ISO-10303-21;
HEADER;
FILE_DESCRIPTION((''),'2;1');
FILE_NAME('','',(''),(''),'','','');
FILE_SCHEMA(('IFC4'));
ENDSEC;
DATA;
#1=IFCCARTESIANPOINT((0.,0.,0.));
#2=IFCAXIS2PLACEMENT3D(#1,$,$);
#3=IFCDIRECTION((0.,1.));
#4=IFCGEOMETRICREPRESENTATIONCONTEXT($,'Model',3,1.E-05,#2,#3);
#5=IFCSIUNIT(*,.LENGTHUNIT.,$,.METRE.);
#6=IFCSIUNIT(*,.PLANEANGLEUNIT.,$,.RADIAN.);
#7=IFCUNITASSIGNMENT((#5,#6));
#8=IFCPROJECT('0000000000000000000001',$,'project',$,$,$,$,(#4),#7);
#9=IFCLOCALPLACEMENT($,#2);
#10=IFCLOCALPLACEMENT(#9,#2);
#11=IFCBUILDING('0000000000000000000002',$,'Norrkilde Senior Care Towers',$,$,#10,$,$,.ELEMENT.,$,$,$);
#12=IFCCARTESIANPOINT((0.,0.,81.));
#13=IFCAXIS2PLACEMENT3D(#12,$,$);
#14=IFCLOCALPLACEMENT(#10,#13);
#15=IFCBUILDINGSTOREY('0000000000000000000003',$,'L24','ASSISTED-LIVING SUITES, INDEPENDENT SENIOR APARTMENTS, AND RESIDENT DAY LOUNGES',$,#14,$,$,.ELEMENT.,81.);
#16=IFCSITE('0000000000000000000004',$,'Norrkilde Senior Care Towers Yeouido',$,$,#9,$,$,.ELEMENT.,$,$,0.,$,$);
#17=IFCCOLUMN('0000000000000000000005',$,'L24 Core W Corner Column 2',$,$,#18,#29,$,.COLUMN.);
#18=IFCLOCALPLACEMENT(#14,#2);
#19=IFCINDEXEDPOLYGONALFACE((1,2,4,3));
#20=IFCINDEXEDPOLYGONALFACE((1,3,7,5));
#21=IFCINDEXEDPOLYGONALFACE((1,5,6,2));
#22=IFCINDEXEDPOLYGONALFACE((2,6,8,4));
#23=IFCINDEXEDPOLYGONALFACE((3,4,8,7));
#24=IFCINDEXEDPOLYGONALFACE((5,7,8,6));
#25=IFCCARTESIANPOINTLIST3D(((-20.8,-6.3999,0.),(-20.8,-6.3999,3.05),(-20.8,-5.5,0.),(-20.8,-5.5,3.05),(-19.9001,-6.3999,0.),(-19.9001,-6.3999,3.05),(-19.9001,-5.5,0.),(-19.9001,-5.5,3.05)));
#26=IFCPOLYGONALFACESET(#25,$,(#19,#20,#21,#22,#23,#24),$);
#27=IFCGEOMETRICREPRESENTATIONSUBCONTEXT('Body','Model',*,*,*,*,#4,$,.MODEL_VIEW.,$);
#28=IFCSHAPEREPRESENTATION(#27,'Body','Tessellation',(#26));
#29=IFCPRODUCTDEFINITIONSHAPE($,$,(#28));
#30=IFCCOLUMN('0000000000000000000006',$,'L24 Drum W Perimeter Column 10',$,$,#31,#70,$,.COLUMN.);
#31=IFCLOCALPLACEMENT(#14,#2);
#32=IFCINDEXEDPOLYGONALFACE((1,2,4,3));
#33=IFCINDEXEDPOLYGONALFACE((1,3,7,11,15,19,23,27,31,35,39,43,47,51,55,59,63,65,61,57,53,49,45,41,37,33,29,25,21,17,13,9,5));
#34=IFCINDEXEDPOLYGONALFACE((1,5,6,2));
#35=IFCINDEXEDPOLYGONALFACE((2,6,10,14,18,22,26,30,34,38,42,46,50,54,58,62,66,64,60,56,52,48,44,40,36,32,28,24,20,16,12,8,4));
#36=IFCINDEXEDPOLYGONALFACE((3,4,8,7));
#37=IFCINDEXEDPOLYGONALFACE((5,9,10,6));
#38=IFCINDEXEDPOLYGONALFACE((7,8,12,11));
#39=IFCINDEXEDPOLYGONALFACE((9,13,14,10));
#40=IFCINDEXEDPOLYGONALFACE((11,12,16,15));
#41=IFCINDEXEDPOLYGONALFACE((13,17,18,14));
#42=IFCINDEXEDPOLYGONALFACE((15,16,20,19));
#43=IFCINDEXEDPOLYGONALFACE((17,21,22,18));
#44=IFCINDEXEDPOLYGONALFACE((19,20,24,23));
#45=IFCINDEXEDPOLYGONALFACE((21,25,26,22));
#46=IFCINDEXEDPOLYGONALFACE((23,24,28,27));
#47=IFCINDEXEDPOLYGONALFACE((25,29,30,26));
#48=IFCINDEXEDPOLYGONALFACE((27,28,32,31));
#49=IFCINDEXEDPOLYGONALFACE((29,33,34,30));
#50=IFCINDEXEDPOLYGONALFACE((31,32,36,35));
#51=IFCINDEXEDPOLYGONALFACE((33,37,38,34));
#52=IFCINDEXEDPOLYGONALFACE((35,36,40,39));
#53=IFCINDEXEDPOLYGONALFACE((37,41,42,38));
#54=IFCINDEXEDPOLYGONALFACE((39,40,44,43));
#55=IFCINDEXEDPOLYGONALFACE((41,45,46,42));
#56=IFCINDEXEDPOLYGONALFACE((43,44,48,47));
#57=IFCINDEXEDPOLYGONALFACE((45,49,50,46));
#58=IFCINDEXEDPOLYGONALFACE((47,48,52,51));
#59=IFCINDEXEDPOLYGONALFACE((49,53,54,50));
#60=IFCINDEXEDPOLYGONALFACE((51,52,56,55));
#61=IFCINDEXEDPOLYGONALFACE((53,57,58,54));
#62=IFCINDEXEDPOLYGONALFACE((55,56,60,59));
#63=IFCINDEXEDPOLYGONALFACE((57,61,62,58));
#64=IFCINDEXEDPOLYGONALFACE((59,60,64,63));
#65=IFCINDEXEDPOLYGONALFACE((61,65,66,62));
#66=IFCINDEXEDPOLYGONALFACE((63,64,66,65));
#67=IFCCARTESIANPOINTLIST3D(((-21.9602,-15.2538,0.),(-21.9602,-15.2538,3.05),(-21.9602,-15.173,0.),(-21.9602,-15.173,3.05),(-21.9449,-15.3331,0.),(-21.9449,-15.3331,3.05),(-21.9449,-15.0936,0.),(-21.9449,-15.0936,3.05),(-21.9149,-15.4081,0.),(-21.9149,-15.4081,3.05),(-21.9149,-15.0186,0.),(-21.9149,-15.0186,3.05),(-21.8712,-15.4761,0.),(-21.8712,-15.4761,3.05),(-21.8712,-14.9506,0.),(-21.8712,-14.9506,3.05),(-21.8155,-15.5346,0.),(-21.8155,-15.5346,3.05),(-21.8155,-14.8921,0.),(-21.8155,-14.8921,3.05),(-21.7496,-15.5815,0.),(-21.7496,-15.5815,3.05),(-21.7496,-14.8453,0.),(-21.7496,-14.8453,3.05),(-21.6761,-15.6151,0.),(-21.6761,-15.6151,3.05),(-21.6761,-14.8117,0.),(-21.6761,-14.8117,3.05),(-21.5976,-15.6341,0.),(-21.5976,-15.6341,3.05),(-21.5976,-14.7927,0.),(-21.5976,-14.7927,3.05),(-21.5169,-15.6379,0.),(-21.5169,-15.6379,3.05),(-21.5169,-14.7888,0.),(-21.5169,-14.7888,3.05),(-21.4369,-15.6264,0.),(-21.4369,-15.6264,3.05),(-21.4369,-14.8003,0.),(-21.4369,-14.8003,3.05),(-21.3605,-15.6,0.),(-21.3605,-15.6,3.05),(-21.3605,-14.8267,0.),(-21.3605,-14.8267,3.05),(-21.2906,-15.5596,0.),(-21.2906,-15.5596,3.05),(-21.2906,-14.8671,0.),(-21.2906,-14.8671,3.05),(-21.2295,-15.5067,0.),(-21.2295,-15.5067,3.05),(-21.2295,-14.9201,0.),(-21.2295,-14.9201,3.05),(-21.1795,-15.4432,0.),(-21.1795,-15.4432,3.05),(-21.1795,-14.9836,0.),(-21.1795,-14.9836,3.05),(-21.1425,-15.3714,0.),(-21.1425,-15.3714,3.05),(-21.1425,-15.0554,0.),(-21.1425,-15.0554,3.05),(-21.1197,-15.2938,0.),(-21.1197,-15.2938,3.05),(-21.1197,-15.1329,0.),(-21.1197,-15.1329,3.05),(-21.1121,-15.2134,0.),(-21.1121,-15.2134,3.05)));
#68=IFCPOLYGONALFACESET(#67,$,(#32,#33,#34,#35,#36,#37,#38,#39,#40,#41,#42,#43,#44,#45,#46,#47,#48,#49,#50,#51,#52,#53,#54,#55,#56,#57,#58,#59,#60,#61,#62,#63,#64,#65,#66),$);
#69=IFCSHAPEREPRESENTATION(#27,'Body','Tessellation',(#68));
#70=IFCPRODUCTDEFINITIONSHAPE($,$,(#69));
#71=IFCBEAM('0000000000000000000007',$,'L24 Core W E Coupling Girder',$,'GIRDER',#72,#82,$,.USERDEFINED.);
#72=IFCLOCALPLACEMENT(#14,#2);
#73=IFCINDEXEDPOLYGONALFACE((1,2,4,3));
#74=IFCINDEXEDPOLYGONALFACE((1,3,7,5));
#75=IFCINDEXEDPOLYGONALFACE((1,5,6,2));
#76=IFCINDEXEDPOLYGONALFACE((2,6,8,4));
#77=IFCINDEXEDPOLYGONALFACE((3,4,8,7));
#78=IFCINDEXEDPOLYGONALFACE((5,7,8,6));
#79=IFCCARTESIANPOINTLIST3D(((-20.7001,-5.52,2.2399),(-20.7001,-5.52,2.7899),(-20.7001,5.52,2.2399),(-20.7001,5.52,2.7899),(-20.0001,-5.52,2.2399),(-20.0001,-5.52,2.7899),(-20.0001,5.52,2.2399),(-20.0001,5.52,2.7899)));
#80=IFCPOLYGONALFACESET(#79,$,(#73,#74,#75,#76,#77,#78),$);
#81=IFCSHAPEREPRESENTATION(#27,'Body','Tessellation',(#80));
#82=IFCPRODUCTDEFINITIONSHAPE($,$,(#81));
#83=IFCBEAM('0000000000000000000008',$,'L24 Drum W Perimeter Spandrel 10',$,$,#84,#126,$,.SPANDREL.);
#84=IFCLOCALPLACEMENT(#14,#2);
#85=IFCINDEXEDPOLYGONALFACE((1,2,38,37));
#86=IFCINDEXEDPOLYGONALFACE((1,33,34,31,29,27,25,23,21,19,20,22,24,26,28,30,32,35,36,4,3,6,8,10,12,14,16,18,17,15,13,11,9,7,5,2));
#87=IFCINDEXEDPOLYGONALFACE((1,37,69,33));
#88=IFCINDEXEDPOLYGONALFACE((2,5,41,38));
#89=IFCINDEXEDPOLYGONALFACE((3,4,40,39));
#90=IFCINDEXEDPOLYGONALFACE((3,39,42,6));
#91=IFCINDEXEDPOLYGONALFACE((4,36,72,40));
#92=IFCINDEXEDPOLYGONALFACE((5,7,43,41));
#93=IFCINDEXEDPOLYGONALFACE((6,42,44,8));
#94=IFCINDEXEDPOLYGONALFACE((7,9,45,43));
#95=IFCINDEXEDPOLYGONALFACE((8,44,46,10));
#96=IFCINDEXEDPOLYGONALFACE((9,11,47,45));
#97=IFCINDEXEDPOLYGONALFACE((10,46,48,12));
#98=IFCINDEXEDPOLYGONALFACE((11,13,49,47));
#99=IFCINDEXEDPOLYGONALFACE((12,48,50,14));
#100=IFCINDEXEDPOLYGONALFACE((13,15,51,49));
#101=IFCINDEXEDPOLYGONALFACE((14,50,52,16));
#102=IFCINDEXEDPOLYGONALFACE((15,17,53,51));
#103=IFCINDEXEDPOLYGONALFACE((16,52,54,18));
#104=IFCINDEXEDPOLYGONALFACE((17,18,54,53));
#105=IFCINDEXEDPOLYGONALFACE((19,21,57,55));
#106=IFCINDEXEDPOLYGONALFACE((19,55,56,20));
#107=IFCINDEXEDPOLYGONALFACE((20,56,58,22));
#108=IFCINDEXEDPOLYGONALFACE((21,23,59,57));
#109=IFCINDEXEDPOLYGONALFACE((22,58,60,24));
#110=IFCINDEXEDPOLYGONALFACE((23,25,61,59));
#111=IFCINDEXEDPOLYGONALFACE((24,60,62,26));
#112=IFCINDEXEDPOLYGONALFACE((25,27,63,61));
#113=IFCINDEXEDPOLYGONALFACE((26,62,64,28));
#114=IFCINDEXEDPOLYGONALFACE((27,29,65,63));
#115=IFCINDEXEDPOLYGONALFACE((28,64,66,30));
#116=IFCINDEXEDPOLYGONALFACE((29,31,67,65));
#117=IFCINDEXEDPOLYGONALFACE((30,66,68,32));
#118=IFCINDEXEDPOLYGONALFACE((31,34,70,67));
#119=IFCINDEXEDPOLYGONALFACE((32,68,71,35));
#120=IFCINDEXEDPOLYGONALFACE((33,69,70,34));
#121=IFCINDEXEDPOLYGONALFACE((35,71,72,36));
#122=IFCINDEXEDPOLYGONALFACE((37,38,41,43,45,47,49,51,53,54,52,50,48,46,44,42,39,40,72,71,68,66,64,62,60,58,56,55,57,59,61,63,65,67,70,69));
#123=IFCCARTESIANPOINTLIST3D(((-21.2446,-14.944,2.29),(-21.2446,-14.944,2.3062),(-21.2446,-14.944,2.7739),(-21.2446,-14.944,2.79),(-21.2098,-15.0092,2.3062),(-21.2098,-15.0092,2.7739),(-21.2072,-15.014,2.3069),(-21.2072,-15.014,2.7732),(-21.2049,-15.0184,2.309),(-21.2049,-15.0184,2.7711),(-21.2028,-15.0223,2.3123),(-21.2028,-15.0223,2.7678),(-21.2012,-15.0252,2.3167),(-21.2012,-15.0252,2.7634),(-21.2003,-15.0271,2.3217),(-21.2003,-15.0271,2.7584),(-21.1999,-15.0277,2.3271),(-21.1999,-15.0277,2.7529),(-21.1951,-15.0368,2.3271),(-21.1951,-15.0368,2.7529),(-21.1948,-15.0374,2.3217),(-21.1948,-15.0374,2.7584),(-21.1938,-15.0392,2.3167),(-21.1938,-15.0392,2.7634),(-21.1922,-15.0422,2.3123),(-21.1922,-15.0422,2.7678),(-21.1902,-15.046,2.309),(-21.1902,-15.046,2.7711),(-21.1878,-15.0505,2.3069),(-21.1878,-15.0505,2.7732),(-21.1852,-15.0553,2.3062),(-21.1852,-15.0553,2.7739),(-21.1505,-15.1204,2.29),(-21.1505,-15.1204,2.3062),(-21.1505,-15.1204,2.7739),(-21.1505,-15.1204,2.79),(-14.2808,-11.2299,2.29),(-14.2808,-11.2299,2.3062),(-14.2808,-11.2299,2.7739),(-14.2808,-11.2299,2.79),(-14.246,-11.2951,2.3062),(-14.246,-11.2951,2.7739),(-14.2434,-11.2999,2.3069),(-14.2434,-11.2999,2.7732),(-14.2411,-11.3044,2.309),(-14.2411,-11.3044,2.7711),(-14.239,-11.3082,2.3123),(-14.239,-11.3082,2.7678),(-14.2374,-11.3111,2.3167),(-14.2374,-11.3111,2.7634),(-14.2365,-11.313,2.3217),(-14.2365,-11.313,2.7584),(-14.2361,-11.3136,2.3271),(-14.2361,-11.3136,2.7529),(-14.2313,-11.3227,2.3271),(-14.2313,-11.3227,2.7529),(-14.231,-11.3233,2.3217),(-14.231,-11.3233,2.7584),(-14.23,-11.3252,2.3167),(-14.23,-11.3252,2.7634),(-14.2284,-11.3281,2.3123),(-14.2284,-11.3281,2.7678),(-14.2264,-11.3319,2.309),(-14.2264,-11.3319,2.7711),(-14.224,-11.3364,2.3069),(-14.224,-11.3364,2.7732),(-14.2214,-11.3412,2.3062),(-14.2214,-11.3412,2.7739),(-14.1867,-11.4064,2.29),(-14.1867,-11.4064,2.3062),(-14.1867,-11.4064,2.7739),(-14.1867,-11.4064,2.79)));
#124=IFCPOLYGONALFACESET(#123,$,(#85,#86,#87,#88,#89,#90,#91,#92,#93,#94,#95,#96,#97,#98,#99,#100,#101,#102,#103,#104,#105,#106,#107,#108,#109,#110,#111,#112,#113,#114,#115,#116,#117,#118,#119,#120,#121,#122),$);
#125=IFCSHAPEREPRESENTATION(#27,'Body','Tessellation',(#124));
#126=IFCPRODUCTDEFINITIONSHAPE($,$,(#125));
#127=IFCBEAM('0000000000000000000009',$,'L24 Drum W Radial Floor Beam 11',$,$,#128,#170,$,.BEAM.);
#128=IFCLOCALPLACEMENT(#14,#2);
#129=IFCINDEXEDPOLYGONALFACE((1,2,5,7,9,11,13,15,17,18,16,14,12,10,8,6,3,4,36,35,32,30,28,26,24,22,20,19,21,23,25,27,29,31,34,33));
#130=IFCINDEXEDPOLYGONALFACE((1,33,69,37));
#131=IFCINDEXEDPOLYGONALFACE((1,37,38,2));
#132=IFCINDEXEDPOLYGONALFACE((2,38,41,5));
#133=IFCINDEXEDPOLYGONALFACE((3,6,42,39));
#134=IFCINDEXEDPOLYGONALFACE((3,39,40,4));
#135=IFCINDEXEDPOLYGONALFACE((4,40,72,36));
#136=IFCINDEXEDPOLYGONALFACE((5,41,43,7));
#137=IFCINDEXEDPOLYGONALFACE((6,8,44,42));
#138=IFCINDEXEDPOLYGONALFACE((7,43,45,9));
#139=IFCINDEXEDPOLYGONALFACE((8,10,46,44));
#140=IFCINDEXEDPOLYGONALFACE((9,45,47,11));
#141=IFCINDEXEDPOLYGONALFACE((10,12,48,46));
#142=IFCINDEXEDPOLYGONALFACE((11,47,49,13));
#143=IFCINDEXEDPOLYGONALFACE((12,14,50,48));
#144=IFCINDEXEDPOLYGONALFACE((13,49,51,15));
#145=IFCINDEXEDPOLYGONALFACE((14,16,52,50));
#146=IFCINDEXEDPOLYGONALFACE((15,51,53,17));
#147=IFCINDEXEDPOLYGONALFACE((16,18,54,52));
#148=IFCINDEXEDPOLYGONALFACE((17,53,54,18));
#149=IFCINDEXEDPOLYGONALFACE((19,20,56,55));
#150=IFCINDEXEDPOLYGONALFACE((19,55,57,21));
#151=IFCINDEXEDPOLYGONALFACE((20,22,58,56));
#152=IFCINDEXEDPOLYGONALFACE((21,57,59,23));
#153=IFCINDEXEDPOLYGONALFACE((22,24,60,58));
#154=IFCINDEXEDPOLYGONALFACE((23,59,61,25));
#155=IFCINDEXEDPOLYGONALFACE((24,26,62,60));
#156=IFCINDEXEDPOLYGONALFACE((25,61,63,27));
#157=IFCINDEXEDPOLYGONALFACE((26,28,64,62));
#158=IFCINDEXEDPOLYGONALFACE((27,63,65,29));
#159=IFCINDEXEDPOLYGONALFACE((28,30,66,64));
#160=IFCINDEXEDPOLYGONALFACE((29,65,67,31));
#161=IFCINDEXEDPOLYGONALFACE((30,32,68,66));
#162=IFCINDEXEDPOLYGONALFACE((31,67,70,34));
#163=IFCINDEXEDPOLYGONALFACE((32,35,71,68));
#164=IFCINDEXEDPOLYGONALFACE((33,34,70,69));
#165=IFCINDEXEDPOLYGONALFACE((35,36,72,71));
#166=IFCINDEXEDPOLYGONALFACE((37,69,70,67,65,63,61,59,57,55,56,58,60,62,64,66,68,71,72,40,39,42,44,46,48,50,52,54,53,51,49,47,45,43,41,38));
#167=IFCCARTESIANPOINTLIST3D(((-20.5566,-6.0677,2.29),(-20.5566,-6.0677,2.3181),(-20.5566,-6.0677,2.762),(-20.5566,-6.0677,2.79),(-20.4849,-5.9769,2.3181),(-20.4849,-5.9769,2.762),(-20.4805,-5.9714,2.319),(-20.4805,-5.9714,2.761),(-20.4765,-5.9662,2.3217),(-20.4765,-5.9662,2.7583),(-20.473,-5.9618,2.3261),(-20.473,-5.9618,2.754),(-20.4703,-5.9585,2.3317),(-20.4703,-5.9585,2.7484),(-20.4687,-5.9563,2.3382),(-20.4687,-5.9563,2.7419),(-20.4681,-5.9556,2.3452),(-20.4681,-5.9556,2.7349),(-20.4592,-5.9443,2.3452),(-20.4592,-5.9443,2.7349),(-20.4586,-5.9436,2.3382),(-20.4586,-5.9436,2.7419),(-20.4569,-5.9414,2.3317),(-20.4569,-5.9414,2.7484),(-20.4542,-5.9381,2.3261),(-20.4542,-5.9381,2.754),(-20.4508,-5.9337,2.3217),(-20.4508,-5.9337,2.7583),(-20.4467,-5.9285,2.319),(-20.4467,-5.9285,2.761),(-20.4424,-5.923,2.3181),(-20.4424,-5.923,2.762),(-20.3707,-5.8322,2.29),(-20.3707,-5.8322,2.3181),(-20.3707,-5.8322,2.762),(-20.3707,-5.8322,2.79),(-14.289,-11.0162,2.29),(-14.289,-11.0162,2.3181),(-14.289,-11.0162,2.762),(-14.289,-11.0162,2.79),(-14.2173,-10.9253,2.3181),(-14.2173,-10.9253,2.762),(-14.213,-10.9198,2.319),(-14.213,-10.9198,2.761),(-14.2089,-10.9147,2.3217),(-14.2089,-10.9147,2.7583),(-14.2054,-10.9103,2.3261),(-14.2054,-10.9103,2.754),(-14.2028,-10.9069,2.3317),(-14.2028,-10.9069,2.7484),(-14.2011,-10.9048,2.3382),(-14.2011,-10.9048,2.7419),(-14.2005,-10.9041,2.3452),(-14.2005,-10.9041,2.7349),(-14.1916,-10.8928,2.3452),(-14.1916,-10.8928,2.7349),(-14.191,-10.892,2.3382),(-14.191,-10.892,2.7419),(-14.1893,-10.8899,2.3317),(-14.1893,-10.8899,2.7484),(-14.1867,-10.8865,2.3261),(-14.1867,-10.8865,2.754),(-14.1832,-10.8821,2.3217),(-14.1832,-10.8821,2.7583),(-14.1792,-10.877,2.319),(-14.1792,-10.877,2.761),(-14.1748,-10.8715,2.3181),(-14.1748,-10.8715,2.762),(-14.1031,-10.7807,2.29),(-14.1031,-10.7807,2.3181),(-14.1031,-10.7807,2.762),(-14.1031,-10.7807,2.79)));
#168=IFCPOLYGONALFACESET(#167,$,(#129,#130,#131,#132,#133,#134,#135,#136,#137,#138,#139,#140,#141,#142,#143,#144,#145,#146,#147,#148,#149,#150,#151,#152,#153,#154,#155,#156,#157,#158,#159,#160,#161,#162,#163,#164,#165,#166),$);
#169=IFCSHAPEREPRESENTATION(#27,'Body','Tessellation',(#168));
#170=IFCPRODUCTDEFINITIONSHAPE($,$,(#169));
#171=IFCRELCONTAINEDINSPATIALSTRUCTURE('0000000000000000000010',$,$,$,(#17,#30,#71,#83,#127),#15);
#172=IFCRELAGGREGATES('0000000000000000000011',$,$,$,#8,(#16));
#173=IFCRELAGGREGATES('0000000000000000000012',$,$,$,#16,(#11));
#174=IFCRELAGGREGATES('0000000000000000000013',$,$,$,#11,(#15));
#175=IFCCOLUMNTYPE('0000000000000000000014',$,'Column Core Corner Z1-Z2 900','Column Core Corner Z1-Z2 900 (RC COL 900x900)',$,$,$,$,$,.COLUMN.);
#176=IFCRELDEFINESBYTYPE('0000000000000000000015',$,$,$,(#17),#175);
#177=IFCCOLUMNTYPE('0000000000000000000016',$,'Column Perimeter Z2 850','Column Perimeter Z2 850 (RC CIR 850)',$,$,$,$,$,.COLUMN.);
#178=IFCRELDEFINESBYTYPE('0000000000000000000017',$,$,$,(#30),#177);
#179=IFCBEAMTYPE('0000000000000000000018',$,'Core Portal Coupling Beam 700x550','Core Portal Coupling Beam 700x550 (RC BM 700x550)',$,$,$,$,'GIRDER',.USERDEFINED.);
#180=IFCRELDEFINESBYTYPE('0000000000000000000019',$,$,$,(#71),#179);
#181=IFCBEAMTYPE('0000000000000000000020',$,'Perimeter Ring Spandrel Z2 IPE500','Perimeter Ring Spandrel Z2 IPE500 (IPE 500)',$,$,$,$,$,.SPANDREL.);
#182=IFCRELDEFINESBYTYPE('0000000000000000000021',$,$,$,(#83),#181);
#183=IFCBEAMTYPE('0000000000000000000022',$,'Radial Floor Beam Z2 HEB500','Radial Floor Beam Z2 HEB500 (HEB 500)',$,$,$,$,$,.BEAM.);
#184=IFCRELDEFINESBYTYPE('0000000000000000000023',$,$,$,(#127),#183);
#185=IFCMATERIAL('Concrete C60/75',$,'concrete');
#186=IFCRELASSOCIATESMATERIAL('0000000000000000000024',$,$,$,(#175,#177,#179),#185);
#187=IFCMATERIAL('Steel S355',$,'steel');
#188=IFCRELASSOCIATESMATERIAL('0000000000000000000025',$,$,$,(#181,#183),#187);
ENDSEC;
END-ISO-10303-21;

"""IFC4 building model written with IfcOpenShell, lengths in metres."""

from ifc_helpers import new_model, si_unit, direction, frame, origin, origin_2d, place, context, subcontext, project, spatial, rectangle, circle, i_section, extrude, source, transform, mapped, material, material_profile, profile_set, type_object, type_shapes, element, save


model = new_model("IFC4")

# Units and contexts
model_context = context("Model", 3, precision=1e-05, world=origin(), true_north=direction((0.0, 1.0)))
body_context = subcontext(model_context, "Body", "Model", "MODEL_VIEW")
ifc_project = project(units=[si_unit("LENGTHUNIT", "METRE"), si_unit("PLANEANGLEUNIT", "RADIAN")], contexts=[model_context])

# Site, building, storey
site_placement = place(None, origin())
site = spatial("IfcSite", under=ifc_project, at=site_placement, Name="Norrkilde Senior Care Towers Yeouido", CompositionType="ELEMENT", RefElevation=0.0)
building_placement = place(site_placement, origin())
building = spatial("IfcBuilding", under=site, at=building_placement, Name="Norrkilde Senior Care Towers", CompositionType="ELEMENT")
storey_placement = place(building_placement, frame((0.0, 0.0, 81.0)))
storey = spatial("IfcBuildingStorey", under=building, at=storey_placement, Name="L24", Description="ASSISTED-LIVING SUITES, INDEPENDENT SENIOR APARTMENTS, AND RESIDENT DAY LOUNGES", CompositionType="ELEMENT", Elevation=81.0)

# Columns
ifc_material_1 = material(Name="Concrete C60/75", Category="concrete")
ifc_material_profile_1 = material_profile(ifc_material_1, rectangle(XDim=0.8999, YDim=0.8999, at=origin_2d()), Name="RC COL 900x900")
ifc_profile_set_1 = profile_set([ifc_material_profile_1], Name="Concrete C60/75")
column_type_1 = type_object("IfcColumnType", Name="Column Core Corner Z1-Z2 900", Description="Column Core Corner Z1-Z2 900 (RC COL 900x900)", PredefinedType="COLUMN", material=ifc_profile_set_1)
shared_shape_1 = source(origin(), body_context, "Body", "SweptSolid", [
    extrude(rectangle(XDim=0.8999, YDim=0.8999, at=origin_2d()), origin(), (0.0, 0.0, 1.0), 3.05),
])
type_shapes(column_type_1, [shared_shape_1])
column_1_placement = place(storey_placement, frame((-20.3501, -5.95, 0.0), z_axis=(0.0, 0.0, 1.0), x_axis=(1.0, 0.0, 0.0)))
element("IfcColumn", 1, at=column_1_placement, inside=storey, type_object=column_type_1, Name="L24 Core W Corner Column 2", PredefinedType="COLUMN", context=body_context, shape_type="MappedRepresentation", body=[
    mapped(shared_shape_1, transform((0.0, 0.0, 0.0), x_axis=(1.0, 0.0, 0.0), y_axis=(0.0, 1.0, 0.0), z_axis=(0.0, 0.0, 1.0), scale=1.0)),
])
ifc_material_profile_2 = material_profile(ifc_material_1, circle(Radius=0.425, at=origin_2d()), Name="RC CIR 850")
ifc_profile_set_2 = profile_set([ifc_material_profile_2], Name="Concrete C60/75")
column_type_2 = type_object("IfcColumnType", Name="Column Perimeter Z2 850", Description="Column Perimeter Z2 850 (RC CIR 850)", PredefinedType="COLUMN", material=ifc_profile_set_2)
shared_shape_2 = source(origin(), body_context, "Body", "SweptSolid", [
    extrude(circle(Radius=0.425, at=origin_2d()), origin(), (0.0, 0.0, 1.0), 3.05),
])
type_shapes(column_type_2, [shared_shape_2])
column_2_placement = place(storey_placement, frame((-21.5371, -15.2134, 0.0), z_axis=(0.0, 0.0, 1.0), x_axis=(1.0, 0.0, 0.0)))
element("IfcColumn", 2, at=column_2_placement, inside=storey, type_object=column_type_2, Name="L24 Drum W Perimeter Column 10", PredefinedType="COLUMN", context=body_context, shape_type="MappedRepresentation", body=[
    mapped(shared_shape_2, transform((0.0, 0.0, 0.0), x_axis=(1.0, 0.0, 0.0), y_axis=(0.0, 1.0, 0.0), z_axis=(0.0, 0.0, 1.0), scale=1.0)),
])

# Beams
ifc_material_profile_3 = material_profile(ifc_material_1, rectangle(XDim=0.7, YDim=0.55, at=origin_2d()), Name="RC BM 700x550")
ifc_profile_set_3 = profile_set([ifc_material_profile_3], Name="Concrete C60/75")
beam_type_1 = type_object("IfcBeamType", Name="Core Portal Coupling Beam 700x550", Description="Core Portal Coupling Beam 700x550 (RC BM 700x550)", ElementType="GIRDER", PredefinedType="USERDEFINED", material=ifc_profile_set_3)
shared_shape_3 = source(origin(), body_context, "Body", "SweptSolid", [
    extrude(rectangle(XDim=0.7, YDim=0.55, at=origin_2d()), origin(), (0.0, 0.0, 1.0), 11.04),
])
type_shapes(beam_type_1, [shared_shape_3])
beam_1_placement = place(storey_placement, frame((-20.3501, -5.52, 2.5149), z_axis=(0.0, 1.0, 0.0), x_axis=(-1.0, 0.0, 0.0)))
element("IfcBeam", 3, at=beam_1_placement, inside=storey, type_object=beam_type_1, Name="L24 Core W E Coupling Girder", ObjectType="GIRDER", PredefinedType="USERDEFINED", context=body_context, shape_type="MappedRepresentation", body=[
    mapped(shared_shape_3, transform((0.0, 0.0, 0.0), x_axis=(1.0, 0.0, 0.0), y_axis=(0.0, 1.0, 0.0), z_axis=(0.0, 0.0, 1.0), scale=1.0)),
])
ifc_material_2 = material(Name="Steel S355", Category="steel")
ifc_material_profile_4 = material_profile(ifc_material_2, i_section(OverallWidth=0.2, OverallDepth=0.5, WebThickness=0.0103, FlangeThickness=0.0161, FilletRadius=0.021, at=origin_2d()), Name="IPE 500")
ifc_profile_set_4 = profile_set([ifc_material_profile_4], Name="Steel S355")
beam_type_2 = type_object("IfcBeamType", Name="Perimeter Ring Spandrel Z2 IPE500", Description="Perimeter Ring Spandrel Z2 IPE500 (IPE 500)", PredefinedType="SPANDREL", material=ifc_profile_set_4)
shared_shape_4 = source(origin(), body_context, "Body", "SweptSolid", [
    extrude(i_section(OverallWidth=0.2, OverallDepth=0.5, WebThickness=0.0103, FlangeThickness=0.0161, FilletRadius=0.021, at=origin_2d()), origin(), (0.0, 0.0, 1.0), 7.8923),
])
type_shapes(beam_type_2, [shared_shape_4])
beam_2_placement = place(storey_placement, frame((-21.1975, -15.0322, 2.54), z_axis=(0.88235, 0.470593, 0.0), x_axis=(-0.470593, 0.88235, 0.0)))
element("IfcBeam", 4, at=beam_2_placement, inside=storey, type_object=beam_type_2, Name="L24 Drum W Perimeter Spandrel 10", PredefinedType="SPANDREL", context=body_context, shape_type="MappedRepresentation", body=[
    mapped(shared_shape_4, transform((0.0, 0.0, 0.0), x_axis=(1.0, 0.0, 0.0), y_axis=(0.0, 1.0, 0.0), z_axis=(0.0, 0.0, 1.0), scale=1.0)),
])
ifc_material_profile_5 = material_profile(ifc_material_2, i_section(OverallWidth=0.3, OverallDepth=0.5, WebThickness=0.0144, FlangeThickness=0.0281, FilletRadius=0.0271, at=origin_2d()), Name="HEB 500")
ifc_profile_set_5 = profile_set([ifc_material_profile_5], Name="Steel S355")
beam_type_3 = type_object("IfcBeamType", Name="Radial Floor Beam Z2 HEB500", Description="Radial Floor Beam Z2 HEB500 (HEB 500)", PredefinedType="BEAM", material=ifc_profile_set_5)
shared_shape_5 = source(origin(), body_context, "Body", "SweptSolid", [
    extrude(i_section(OverallWidth=0.3, OverallDepth=0.5, WebThickness=0.0144, FlangeThickness=0.0281, FilletRadius=0.0271, at=origin_2d()), origin(), (0.0, 0.0, 1.0), 7.9856),
])
beam_3_placement = place(storey_placement, frame((-20.4636, -5.95, 2.54), z_axis=(0.784859, -0.619675, 0.0), x_axis=(0.619675, 0.784859, 0.0)))
element("IfcBeam", 5, at=beam_3_placement, inside=storey, type_object=beam_type_3, Name="L24 Drum W Radial Floor Beam 11", PredefinedType="BEAM", context=body_context, shape_type="MappedRepresentation", body=[
    mapped(shared_shape_5, transform((0.0, 0.0, 0.0), x_axis=(1.0, 0.0, 0.0), y_axis=(0.0, 1.0, 0.0), z_axis=(0.0, 0.0, 1.0), scale=1.0)),
])

save(model, "model.ifc")
